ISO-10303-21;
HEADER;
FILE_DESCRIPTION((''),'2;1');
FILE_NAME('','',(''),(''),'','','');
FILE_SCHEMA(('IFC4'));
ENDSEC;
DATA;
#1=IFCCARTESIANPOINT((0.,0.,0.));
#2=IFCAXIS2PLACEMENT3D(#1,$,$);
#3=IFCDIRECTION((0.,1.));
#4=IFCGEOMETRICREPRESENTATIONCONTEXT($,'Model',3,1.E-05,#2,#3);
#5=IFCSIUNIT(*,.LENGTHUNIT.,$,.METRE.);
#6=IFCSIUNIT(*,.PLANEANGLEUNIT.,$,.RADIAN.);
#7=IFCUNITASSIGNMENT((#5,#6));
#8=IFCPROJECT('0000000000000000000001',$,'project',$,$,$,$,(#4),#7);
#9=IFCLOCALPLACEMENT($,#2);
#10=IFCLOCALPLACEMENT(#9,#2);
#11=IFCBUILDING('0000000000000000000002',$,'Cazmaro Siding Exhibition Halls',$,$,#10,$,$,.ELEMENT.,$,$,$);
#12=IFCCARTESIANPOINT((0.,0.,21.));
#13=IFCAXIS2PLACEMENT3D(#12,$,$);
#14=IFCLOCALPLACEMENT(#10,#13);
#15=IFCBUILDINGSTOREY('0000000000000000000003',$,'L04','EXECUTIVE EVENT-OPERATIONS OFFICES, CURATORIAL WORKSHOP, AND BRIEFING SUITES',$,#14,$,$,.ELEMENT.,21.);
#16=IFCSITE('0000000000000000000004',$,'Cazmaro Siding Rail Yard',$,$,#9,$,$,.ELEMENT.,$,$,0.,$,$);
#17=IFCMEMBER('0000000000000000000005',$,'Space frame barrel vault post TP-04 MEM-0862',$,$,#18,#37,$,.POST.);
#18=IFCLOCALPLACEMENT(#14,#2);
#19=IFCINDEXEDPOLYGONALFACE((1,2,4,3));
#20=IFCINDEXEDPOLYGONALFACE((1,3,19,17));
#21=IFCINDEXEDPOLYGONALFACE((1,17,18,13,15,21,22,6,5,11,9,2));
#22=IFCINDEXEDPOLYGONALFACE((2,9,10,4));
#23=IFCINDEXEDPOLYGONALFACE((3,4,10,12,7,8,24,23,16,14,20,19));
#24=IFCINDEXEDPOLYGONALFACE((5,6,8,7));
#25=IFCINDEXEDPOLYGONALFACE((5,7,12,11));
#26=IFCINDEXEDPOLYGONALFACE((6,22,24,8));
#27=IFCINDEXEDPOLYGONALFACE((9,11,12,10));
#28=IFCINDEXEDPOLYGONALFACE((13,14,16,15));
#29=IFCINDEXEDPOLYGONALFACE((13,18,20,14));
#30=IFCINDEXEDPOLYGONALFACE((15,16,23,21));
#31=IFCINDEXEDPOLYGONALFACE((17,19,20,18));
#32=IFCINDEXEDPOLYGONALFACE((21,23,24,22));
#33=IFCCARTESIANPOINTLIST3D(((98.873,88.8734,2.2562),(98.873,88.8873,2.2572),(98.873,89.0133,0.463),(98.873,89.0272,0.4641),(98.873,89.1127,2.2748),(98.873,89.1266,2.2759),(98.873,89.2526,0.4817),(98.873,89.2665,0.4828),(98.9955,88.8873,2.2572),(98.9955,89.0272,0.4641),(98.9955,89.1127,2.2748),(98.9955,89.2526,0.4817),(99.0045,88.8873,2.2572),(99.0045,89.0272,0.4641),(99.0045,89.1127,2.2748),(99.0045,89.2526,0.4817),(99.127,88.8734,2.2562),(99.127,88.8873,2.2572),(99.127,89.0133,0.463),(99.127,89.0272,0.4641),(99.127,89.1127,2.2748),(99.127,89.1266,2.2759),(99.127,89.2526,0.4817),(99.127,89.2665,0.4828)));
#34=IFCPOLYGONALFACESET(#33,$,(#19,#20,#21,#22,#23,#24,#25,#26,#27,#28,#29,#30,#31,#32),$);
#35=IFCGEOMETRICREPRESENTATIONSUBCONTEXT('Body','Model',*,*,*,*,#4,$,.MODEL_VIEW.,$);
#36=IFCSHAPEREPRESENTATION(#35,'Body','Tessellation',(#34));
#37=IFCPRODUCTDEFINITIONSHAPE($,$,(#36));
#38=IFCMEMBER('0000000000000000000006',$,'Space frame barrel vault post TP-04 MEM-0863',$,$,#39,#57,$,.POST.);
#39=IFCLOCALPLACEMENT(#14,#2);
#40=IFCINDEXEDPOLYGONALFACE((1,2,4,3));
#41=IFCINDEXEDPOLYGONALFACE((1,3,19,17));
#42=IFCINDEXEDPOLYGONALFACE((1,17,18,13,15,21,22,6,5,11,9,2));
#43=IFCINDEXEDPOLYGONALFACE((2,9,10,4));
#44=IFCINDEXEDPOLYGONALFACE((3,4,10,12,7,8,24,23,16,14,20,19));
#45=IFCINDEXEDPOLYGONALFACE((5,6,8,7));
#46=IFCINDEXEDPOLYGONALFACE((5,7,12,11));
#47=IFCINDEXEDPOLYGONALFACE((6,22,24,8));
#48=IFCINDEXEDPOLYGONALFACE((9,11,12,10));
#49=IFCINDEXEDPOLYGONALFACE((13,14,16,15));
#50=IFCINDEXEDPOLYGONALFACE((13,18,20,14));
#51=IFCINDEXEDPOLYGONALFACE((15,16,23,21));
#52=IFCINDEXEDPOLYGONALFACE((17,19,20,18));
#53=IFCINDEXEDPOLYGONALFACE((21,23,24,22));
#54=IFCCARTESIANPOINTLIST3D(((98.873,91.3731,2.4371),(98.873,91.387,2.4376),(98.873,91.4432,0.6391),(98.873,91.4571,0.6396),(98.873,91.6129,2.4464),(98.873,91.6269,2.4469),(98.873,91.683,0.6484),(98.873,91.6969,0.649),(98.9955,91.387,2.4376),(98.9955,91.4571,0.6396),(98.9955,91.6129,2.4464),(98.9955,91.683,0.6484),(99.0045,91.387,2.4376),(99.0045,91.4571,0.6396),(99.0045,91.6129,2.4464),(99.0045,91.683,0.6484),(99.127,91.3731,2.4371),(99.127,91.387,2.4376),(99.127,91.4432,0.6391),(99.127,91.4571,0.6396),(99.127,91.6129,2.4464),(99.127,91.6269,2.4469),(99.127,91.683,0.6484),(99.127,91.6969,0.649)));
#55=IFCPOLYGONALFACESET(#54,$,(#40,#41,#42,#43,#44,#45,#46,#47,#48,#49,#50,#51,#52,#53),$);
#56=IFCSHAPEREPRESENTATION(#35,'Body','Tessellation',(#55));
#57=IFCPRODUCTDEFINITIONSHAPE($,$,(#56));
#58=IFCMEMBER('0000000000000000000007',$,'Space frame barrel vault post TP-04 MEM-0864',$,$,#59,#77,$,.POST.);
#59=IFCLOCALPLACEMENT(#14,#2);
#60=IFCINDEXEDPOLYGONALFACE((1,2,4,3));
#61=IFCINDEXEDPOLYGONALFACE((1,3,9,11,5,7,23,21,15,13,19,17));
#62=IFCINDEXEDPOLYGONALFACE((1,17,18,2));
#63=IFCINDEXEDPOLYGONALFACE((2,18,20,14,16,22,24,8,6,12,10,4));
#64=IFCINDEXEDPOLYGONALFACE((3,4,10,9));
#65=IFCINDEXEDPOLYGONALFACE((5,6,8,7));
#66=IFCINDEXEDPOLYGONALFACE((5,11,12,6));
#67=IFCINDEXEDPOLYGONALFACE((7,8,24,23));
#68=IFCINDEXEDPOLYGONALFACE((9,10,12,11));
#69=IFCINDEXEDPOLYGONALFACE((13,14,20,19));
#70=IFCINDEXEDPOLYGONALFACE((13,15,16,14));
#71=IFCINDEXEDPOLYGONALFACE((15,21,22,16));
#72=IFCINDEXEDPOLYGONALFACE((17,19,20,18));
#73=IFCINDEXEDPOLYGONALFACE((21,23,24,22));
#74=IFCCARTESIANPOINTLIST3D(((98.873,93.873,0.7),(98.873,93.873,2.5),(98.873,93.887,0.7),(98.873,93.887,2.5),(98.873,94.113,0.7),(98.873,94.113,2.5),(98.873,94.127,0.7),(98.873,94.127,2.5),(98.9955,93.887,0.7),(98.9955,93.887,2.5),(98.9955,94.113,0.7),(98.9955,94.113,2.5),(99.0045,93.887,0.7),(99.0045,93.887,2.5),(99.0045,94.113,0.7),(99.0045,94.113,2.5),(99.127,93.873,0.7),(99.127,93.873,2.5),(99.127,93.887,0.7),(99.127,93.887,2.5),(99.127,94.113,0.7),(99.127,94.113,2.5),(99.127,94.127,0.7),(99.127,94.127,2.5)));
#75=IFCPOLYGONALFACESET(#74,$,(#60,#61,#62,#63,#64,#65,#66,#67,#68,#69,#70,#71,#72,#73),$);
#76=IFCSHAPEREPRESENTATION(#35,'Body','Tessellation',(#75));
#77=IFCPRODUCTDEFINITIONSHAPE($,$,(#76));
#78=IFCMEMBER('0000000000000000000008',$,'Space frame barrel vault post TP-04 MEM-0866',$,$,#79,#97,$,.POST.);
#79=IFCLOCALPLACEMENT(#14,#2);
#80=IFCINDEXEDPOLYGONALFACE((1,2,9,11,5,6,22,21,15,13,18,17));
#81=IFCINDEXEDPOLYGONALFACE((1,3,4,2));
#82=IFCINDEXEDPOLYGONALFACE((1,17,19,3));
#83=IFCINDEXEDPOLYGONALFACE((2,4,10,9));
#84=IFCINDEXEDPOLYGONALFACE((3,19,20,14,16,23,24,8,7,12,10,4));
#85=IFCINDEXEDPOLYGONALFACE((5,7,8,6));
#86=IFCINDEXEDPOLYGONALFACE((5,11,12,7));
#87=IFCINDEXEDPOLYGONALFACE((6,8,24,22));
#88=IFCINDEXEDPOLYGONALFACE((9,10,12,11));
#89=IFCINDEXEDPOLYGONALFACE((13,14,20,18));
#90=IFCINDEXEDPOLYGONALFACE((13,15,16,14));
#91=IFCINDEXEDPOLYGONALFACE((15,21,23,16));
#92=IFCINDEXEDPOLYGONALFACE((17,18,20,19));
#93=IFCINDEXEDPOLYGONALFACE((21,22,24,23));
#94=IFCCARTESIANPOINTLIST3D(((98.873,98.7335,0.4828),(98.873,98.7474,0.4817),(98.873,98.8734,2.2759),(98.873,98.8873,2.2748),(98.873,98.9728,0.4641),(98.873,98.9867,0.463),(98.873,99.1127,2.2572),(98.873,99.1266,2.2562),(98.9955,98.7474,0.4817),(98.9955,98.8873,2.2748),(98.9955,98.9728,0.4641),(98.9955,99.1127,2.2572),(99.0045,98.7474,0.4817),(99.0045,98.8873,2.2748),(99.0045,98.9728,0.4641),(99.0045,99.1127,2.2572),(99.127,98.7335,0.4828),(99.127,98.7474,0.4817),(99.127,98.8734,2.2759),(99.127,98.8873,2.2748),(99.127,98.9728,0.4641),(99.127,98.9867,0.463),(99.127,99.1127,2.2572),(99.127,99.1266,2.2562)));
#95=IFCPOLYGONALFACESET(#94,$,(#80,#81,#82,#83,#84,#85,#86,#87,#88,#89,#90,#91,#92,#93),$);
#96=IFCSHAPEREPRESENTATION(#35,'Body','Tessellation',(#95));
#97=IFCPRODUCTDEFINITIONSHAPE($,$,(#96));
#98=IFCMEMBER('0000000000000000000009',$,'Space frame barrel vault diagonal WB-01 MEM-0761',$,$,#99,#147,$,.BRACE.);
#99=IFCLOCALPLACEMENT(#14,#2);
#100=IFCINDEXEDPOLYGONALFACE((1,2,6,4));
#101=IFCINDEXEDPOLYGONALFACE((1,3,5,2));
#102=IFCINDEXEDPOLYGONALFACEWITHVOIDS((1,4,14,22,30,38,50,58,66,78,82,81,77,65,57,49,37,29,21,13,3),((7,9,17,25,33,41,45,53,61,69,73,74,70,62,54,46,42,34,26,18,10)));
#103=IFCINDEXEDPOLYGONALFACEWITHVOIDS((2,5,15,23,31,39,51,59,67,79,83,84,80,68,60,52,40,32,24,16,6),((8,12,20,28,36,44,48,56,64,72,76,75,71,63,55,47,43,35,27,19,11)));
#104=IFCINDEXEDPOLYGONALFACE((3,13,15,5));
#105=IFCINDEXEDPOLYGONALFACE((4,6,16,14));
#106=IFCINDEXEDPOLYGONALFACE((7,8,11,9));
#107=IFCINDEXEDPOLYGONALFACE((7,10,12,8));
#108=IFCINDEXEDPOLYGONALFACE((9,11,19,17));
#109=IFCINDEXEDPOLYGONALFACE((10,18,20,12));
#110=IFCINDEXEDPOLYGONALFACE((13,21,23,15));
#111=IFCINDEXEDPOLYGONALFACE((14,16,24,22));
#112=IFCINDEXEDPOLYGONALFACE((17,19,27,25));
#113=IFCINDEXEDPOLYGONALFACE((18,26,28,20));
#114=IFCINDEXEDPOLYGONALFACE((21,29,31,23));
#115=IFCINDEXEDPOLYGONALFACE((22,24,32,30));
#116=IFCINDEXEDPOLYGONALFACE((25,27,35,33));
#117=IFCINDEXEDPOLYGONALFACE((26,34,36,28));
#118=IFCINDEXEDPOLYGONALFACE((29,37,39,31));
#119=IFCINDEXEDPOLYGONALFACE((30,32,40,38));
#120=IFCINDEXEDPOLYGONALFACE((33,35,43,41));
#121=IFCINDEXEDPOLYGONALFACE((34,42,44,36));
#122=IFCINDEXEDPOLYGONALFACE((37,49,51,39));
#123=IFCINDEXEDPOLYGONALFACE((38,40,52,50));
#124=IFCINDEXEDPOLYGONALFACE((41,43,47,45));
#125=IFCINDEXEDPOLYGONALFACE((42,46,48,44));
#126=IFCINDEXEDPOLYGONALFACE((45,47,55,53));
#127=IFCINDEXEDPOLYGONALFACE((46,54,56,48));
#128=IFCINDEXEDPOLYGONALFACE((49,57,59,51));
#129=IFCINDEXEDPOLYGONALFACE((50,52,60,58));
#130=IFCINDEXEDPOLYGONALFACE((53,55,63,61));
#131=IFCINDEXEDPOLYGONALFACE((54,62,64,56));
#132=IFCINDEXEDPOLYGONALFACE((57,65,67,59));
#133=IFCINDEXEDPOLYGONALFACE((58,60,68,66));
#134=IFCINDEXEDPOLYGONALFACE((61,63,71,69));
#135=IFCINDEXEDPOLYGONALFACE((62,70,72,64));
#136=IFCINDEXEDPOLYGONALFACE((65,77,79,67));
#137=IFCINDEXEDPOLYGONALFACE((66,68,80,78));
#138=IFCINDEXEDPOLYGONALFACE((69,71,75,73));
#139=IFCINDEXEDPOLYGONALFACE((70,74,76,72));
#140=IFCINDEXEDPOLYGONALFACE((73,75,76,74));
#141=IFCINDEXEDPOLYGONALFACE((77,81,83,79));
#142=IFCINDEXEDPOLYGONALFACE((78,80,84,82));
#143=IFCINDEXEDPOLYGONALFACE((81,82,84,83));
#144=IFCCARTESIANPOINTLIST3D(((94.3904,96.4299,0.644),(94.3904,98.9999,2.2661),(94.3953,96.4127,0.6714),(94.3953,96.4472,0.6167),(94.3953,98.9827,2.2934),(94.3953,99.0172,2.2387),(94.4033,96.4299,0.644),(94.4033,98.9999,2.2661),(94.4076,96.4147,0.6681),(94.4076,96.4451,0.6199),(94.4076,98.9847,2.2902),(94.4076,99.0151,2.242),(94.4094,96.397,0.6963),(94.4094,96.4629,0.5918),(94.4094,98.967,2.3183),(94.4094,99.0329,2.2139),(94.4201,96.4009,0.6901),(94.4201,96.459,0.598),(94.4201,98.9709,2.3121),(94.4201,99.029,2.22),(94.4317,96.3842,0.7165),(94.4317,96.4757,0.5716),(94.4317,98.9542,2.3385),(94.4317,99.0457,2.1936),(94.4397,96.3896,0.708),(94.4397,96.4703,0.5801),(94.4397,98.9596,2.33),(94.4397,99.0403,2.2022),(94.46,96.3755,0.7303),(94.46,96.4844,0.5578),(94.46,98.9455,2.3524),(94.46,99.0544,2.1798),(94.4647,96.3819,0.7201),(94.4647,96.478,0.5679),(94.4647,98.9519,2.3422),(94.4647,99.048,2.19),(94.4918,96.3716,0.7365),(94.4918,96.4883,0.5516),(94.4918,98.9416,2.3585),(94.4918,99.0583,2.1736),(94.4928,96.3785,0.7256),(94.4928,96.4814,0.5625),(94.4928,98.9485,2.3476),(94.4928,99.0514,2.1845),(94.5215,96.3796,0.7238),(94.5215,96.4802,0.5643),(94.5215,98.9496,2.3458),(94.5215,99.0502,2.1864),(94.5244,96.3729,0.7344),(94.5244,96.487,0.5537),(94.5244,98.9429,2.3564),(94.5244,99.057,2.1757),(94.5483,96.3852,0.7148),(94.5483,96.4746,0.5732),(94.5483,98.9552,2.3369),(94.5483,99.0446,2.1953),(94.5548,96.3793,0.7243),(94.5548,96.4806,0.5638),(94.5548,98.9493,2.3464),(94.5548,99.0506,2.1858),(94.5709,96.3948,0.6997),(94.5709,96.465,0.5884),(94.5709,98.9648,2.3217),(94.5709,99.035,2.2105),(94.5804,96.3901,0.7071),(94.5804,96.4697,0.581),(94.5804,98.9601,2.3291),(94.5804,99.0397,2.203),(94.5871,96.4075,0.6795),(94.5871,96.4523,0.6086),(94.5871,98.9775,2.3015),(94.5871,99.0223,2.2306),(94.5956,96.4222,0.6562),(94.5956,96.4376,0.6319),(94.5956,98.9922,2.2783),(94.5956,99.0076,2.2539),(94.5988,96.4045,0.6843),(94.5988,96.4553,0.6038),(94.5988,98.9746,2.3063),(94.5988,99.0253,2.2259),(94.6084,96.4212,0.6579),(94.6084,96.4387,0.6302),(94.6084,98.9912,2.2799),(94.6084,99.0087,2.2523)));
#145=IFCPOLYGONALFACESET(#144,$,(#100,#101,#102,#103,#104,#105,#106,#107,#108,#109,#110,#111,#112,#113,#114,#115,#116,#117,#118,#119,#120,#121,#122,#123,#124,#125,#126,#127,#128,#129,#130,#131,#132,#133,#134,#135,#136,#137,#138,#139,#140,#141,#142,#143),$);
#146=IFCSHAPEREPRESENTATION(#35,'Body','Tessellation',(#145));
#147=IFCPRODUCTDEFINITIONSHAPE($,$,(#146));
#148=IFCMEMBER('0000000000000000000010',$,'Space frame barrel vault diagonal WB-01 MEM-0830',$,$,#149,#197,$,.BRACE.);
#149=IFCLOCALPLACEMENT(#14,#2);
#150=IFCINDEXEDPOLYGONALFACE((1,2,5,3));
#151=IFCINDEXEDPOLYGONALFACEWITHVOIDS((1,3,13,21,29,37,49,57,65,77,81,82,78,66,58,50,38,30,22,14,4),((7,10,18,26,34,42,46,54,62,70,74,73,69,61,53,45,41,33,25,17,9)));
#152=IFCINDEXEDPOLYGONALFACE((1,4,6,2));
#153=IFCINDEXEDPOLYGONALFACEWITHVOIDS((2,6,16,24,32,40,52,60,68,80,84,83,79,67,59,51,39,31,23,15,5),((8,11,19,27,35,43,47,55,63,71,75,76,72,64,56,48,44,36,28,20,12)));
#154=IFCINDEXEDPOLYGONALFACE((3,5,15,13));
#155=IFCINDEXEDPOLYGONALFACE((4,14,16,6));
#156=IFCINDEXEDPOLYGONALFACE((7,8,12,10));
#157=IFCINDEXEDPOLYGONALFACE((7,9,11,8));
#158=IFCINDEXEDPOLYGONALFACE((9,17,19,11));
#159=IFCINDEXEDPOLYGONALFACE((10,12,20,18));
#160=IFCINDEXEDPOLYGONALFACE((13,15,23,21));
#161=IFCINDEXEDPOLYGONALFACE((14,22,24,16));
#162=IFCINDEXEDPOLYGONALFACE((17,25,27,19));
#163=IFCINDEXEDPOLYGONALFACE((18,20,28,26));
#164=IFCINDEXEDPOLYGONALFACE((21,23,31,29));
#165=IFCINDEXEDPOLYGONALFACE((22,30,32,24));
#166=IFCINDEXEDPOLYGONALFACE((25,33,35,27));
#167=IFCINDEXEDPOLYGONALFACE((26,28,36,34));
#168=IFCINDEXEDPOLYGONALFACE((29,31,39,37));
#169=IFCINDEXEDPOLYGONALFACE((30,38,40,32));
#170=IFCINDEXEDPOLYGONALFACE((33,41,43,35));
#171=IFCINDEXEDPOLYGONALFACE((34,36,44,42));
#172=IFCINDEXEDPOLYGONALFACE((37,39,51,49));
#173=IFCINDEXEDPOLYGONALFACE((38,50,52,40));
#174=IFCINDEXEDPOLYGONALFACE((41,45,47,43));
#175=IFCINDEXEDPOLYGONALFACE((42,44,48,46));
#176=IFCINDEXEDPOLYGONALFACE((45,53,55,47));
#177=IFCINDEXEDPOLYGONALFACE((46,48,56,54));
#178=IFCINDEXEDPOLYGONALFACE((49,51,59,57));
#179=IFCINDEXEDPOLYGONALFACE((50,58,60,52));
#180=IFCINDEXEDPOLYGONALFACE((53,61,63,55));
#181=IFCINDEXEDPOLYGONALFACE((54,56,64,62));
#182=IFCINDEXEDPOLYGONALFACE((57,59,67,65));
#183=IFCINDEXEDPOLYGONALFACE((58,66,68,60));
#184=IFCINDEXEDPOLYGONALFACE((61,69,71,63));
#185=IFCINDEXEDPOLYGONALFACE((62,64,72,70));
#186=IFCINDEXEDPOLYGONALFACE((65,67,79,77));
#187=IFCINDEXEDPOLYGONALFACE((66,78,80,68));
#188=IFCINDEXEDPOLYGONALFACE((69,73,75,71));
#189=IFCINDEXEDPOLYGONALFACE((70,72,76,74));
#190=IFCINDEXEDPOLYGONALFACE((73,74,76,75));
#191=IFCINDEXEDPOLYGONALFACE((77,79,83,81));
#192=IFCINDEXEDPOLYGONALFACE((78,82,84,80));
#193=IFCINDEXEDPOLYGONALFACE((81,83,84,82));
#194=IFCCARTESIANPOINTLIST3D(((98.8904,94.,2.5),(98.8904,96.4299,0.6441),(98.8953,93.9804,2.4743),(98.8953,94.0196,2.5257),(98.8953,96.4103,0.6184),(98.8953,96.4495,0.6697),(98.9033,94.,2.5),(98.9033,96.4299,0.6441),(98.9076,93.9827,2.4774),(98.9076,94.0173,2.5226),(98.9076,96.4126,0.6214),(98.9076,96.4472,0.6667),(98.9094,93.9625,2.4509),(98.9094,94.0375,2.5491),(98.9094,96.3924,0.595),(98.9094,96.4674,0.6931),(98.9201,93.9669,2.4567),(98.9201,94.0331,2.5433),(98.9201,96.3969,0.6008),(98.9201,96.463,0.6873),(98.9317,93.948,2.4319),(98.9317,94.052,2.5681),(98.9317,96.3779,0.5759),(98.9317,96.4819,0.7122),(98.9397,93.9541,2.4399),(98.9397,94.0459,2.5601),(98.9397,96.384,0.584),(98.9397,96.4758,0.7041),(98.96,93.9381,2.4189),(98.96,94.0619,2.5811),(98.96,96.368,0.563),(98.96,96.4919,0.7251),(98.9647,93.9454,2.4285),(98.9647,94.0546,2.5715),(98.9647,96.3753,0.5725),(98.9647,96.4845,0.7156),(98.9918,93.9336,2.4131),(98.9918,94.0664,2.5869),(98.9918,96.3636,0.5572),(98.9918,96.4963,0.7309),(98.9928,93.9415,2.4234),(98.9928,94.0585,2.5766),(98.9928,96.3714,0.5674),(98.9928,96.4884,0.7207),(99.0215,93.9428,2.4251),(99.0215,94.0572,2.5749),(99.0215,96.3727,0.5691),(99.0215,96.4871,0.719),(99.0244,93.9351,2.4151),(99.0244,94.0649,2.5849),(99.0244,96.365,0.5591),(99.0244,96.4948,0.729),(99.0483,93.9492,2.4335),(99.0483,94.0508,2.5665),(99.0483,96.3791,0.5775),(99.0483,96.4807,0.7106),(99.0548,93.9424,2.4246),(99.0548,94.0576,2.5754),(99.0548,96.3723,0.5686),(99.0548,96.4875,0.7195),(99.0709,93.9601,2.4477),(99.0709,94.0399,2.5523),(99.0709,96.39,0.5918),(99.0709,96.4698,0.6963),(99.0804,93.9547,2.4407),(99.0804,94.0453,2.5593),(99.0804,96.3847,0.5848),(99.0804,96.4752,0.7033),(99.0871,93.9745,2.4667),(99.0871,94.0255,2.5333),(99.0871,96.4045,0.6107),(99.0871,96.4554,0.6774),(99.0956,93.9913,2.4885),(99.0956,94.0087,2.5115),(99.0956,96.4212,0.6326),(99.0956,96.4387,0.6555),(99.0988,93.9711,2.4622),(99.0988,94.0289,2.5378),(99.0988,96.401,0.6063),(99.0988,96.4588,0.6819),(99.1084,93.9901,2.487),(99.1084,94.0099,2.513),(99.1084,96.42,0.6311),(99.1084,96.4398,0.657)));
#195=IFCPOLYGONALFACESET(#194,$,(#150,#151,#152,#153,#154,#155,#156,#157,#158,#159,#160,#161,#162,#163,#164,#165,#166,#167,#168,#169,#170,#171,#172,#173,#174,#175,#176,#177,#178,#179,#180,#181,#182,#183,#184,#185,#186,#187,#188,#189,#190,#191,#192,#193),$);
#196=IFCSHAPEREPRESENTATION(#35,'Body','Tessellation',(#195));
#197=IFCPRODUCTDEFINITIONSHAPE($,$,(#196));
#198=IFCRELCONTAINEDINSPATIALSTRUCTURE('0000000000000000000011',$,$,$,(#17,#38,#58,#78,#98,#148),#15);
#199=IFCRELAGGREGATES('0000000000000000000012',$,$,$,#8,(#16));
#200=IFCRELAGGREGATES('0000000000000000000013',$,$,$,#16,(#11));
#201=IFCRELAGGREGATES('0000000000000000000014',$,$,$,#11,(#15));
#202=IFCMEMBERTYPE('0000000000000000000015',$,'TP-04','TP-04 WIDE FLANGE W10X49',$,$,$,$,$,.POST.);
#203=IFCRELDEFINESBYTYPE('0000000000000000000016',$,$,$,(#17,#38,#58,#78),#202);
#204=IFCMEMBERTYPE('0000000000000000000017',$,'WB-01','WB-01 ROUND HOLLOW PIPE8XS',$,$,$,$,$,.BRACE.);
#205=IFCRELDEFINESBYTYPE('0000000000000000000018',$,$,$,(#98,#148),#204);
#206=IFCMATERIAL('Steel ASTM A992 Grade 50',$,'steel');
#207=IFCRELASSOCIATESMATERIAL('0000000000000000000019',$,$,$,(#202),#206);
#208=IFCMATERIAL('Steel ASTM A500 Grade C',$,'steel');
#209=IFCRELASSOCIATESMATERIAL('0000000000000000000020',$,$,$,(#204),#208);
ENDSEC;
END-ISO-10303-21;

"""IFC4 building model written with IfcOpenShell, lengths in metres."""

from ifc_helpers import new_model, si_unit, direction, frame, origin, origin_2d, place, context, subcontext, project, spatial, hollow_circle, i_section, extrude, material, material_profile, profile_set, type_object, element, save


model = new_model("IFC4")

# Units and contexts
model_context = context("Model", 3, precision=1e-05, world=origin(), true_north=direction((0.0, 1.0)))
body_context = subcontext(model_context, "Body", "Model", "MODEL_VIEW")
ifc_project = project(units=[si_unit("LENGTHUNIT", "METRE"), si_unit("PLANEANGLEUNIT", "RADIAN")], contexts=[model_context])

# Site, building, storey
site_placement = place(None, origin())
site = spatial("IfcSite", under=ifc_project, at=site_placement, Name="Cazmaro Siding Rail Yard", CompositionType="ELEMENT", RefElevation=0.0)
building_placement = place(site_placement, origin())
building = spatial("IfcBuilding", under=site, at=building_placement, Name="Cazmaro Siding Exhibition Halls", CompositionType="ELEMENT")
storey_placement = place(building_placement, frame((0.0, 0.0, 21.0)))
storey = spatial("IfcBuildingStorey", under=building, at=storey_placement, Name="L04", Description="EXECUTIVE EVENT-OPERATIONS OFFICES, CURATORIAL WORKSHOP, AND BRIEFING SUITES", CompositionType="ELEMENT", Elevation=21.0)

# Members
ifc_material_1 = material(Name="Steel ASTM A992 Grade 50", Category="steel")
ifc_material_profile_1 = material_profile(ifc_material_1, i_section(OverallWidth=0.2539, OverallDepth=0.2539, WebThickness=0.009, FlangeThickness=0.0139, at=origin_2d()), Name="W10X49")
ifc_profile_set_1 = profile_set([ifc_material_profile_1], Name="Steel ASTM A992 Grade 50")
member_type_1 = type_object("IfcMemberType", Name="TP-04", Description="TP-04 WIDE FLANGE W10X49", PredefinedType="POST", material=ifc_profile_set_1)
for number, where, z_axis, x_axis, name in (
    (1, (99.0, 89.1399, 0.4729), (0.0, -0.077776, 0.996971), (1.0, 0.0, 0.0), "Space frame barrel vault post TP-04 MEM-0862"),
):
    element("IfcMember", number, at=place(storey_placement, frame(where, z_axis=z_axis, x_axis=x_axis)), inside=storey, type_object=member_type_1, Name=name, PredefinedType="POST", context=body_context, shape_type="SweptSolid", body=[
        extrude(i_section(OverallWidth=0.2539, OverallDepth=0.2539, WebThickness=0.009, FlangeThickness=0.0139, at=origin_2d()), origin(), (0.0, 0.0, 1.0), 1.7986),
    ])
member_1_placement = place(storey_placement, frame((99.0, 91.5701, 0.644), z_axis=(0.0, -0.038944, 0.999241), x_axis=(1.0, 0.0, 0.0)))
element("IfcMember", 2, at=member_1_placement, inside=storey, type_object=member_type_1, Name="Space frame barrel vault post TP-04 MEM-0863", PredefinedType="POST", context=body_context, shape_type="SweptSolid", body=[
    extrude(i_section(OverallWidth=0.2539, OverallDepth=0.2539, WebThickness=0.009, FlangeThickness=0.0139, at=origin_2d()), origin(), (0.0, 0.0, 1.0), 1.7993),
])
member_2_placement = place(storey_placement, frame((99.0, 94.0, 0.7), z_axis=(0.0, 0.0, 1.0), x_axis=(1.0, 0.0, 0.0)))
element("IfcMember", 3, at=member_2_placement, inside=storey, type_object=member_type_1, Name="Space frame barrel vault post TP-04 MEM-0864", PredefinedType="POST", context=body_context, shape_type="SweptSolid", body=[
    extrude(i_section(OverallWidth=0.2539, OverallDepth=0.2539, WebThickness=0.009, FlangeThickness=0.0139, at=origin_2d()), origin(), (0.0, 0.0, 1.0), 1.8),
])
member_3_placement = place(storey_placement, frame((99.0, 98.8601, 0.4729), z_axis=(0.0, 0.077776, 0.996971), x_axis=(-1.0, 0.0, 0.0)))
element("IfcMember", 4, at=member_3_placement, inside=storey, type_object=member_type_1, Name="Space frame barrel vault post TP-04 MEM-0866", PredefinedType="POST", context=body_context, shape_type="SweptSolid", body=[
    extrude(i_section(OverallWidth=0.2539, OverallDepth=0.2539, WebThickness=0.009, FlangeThickness=0.0139, at=origin_2d()), origin(), (0.0, 0.0, 1.0), 1.7986),
])
ifc_material_2 = material(Name="Steel ASTM A500 Grade C", Category="steel")
ifc_material_profile_2 = material_profile(ifc_material_2, hollow_circle(Radius=0.1096, WallThickness=0.0129, at=origin_2d()), Name="PIPE8XS")
ifc_profile_set_2 = profile_set([ifc_material_profile_2], Name="Steel ASTM A500 Grade C")
member_type_2 = type_object("IfcMemberType", Name="WB-01", Description="WB-01 ROUND HOLLOW PIPE8XS", PredefinedType="BRACE", material=ifc_profile_set_2)
member_4_placement = place(storey_placement, frame((94.5, 96.4299, 0.644), z_axis=(0.0, 0.845657, 0.533727), x_axis=(-1.0, 0.0, 0.0)))
element("IfcMember", 5, at=member_4_placement, inside=storey, type_object=member_type_2, Name="Space frame barrel vault diagonal WB-01 MEM-0761", PredefinedType="BRACE", context=body_context, shape_type="SweptSolid", body=[
    extrude(hollow_circle(Radius=0.1096, WallThickness=0.0129, at=origin_2d()), origin(), (0.0, 0.0, 1.0), 3.0391),
])
member_5_placement = place(storey_placement, frame((99.0, 94.0, 2.5), z_axis=(0.0, 0.794709, -0.606991), x_axis=(-1.0, 0.0, 0.0)))
element("IfcMember", 6, at=member_5_placement, inside=storey, type_object=member_type_2, Name="Space frame barrel vault diagonal WB-01 MEM-0830", PredefinedType="BRACE", context=body_context, shape_type="SweptSolid", body=[
    extrude(hollow_circle(Radius=0.1096, WallThickness=0.0129, at=origin_2d()), origin(), (0.0, 0.0, 1.0), 3.0576),
])

save(model, "model.ifc")
